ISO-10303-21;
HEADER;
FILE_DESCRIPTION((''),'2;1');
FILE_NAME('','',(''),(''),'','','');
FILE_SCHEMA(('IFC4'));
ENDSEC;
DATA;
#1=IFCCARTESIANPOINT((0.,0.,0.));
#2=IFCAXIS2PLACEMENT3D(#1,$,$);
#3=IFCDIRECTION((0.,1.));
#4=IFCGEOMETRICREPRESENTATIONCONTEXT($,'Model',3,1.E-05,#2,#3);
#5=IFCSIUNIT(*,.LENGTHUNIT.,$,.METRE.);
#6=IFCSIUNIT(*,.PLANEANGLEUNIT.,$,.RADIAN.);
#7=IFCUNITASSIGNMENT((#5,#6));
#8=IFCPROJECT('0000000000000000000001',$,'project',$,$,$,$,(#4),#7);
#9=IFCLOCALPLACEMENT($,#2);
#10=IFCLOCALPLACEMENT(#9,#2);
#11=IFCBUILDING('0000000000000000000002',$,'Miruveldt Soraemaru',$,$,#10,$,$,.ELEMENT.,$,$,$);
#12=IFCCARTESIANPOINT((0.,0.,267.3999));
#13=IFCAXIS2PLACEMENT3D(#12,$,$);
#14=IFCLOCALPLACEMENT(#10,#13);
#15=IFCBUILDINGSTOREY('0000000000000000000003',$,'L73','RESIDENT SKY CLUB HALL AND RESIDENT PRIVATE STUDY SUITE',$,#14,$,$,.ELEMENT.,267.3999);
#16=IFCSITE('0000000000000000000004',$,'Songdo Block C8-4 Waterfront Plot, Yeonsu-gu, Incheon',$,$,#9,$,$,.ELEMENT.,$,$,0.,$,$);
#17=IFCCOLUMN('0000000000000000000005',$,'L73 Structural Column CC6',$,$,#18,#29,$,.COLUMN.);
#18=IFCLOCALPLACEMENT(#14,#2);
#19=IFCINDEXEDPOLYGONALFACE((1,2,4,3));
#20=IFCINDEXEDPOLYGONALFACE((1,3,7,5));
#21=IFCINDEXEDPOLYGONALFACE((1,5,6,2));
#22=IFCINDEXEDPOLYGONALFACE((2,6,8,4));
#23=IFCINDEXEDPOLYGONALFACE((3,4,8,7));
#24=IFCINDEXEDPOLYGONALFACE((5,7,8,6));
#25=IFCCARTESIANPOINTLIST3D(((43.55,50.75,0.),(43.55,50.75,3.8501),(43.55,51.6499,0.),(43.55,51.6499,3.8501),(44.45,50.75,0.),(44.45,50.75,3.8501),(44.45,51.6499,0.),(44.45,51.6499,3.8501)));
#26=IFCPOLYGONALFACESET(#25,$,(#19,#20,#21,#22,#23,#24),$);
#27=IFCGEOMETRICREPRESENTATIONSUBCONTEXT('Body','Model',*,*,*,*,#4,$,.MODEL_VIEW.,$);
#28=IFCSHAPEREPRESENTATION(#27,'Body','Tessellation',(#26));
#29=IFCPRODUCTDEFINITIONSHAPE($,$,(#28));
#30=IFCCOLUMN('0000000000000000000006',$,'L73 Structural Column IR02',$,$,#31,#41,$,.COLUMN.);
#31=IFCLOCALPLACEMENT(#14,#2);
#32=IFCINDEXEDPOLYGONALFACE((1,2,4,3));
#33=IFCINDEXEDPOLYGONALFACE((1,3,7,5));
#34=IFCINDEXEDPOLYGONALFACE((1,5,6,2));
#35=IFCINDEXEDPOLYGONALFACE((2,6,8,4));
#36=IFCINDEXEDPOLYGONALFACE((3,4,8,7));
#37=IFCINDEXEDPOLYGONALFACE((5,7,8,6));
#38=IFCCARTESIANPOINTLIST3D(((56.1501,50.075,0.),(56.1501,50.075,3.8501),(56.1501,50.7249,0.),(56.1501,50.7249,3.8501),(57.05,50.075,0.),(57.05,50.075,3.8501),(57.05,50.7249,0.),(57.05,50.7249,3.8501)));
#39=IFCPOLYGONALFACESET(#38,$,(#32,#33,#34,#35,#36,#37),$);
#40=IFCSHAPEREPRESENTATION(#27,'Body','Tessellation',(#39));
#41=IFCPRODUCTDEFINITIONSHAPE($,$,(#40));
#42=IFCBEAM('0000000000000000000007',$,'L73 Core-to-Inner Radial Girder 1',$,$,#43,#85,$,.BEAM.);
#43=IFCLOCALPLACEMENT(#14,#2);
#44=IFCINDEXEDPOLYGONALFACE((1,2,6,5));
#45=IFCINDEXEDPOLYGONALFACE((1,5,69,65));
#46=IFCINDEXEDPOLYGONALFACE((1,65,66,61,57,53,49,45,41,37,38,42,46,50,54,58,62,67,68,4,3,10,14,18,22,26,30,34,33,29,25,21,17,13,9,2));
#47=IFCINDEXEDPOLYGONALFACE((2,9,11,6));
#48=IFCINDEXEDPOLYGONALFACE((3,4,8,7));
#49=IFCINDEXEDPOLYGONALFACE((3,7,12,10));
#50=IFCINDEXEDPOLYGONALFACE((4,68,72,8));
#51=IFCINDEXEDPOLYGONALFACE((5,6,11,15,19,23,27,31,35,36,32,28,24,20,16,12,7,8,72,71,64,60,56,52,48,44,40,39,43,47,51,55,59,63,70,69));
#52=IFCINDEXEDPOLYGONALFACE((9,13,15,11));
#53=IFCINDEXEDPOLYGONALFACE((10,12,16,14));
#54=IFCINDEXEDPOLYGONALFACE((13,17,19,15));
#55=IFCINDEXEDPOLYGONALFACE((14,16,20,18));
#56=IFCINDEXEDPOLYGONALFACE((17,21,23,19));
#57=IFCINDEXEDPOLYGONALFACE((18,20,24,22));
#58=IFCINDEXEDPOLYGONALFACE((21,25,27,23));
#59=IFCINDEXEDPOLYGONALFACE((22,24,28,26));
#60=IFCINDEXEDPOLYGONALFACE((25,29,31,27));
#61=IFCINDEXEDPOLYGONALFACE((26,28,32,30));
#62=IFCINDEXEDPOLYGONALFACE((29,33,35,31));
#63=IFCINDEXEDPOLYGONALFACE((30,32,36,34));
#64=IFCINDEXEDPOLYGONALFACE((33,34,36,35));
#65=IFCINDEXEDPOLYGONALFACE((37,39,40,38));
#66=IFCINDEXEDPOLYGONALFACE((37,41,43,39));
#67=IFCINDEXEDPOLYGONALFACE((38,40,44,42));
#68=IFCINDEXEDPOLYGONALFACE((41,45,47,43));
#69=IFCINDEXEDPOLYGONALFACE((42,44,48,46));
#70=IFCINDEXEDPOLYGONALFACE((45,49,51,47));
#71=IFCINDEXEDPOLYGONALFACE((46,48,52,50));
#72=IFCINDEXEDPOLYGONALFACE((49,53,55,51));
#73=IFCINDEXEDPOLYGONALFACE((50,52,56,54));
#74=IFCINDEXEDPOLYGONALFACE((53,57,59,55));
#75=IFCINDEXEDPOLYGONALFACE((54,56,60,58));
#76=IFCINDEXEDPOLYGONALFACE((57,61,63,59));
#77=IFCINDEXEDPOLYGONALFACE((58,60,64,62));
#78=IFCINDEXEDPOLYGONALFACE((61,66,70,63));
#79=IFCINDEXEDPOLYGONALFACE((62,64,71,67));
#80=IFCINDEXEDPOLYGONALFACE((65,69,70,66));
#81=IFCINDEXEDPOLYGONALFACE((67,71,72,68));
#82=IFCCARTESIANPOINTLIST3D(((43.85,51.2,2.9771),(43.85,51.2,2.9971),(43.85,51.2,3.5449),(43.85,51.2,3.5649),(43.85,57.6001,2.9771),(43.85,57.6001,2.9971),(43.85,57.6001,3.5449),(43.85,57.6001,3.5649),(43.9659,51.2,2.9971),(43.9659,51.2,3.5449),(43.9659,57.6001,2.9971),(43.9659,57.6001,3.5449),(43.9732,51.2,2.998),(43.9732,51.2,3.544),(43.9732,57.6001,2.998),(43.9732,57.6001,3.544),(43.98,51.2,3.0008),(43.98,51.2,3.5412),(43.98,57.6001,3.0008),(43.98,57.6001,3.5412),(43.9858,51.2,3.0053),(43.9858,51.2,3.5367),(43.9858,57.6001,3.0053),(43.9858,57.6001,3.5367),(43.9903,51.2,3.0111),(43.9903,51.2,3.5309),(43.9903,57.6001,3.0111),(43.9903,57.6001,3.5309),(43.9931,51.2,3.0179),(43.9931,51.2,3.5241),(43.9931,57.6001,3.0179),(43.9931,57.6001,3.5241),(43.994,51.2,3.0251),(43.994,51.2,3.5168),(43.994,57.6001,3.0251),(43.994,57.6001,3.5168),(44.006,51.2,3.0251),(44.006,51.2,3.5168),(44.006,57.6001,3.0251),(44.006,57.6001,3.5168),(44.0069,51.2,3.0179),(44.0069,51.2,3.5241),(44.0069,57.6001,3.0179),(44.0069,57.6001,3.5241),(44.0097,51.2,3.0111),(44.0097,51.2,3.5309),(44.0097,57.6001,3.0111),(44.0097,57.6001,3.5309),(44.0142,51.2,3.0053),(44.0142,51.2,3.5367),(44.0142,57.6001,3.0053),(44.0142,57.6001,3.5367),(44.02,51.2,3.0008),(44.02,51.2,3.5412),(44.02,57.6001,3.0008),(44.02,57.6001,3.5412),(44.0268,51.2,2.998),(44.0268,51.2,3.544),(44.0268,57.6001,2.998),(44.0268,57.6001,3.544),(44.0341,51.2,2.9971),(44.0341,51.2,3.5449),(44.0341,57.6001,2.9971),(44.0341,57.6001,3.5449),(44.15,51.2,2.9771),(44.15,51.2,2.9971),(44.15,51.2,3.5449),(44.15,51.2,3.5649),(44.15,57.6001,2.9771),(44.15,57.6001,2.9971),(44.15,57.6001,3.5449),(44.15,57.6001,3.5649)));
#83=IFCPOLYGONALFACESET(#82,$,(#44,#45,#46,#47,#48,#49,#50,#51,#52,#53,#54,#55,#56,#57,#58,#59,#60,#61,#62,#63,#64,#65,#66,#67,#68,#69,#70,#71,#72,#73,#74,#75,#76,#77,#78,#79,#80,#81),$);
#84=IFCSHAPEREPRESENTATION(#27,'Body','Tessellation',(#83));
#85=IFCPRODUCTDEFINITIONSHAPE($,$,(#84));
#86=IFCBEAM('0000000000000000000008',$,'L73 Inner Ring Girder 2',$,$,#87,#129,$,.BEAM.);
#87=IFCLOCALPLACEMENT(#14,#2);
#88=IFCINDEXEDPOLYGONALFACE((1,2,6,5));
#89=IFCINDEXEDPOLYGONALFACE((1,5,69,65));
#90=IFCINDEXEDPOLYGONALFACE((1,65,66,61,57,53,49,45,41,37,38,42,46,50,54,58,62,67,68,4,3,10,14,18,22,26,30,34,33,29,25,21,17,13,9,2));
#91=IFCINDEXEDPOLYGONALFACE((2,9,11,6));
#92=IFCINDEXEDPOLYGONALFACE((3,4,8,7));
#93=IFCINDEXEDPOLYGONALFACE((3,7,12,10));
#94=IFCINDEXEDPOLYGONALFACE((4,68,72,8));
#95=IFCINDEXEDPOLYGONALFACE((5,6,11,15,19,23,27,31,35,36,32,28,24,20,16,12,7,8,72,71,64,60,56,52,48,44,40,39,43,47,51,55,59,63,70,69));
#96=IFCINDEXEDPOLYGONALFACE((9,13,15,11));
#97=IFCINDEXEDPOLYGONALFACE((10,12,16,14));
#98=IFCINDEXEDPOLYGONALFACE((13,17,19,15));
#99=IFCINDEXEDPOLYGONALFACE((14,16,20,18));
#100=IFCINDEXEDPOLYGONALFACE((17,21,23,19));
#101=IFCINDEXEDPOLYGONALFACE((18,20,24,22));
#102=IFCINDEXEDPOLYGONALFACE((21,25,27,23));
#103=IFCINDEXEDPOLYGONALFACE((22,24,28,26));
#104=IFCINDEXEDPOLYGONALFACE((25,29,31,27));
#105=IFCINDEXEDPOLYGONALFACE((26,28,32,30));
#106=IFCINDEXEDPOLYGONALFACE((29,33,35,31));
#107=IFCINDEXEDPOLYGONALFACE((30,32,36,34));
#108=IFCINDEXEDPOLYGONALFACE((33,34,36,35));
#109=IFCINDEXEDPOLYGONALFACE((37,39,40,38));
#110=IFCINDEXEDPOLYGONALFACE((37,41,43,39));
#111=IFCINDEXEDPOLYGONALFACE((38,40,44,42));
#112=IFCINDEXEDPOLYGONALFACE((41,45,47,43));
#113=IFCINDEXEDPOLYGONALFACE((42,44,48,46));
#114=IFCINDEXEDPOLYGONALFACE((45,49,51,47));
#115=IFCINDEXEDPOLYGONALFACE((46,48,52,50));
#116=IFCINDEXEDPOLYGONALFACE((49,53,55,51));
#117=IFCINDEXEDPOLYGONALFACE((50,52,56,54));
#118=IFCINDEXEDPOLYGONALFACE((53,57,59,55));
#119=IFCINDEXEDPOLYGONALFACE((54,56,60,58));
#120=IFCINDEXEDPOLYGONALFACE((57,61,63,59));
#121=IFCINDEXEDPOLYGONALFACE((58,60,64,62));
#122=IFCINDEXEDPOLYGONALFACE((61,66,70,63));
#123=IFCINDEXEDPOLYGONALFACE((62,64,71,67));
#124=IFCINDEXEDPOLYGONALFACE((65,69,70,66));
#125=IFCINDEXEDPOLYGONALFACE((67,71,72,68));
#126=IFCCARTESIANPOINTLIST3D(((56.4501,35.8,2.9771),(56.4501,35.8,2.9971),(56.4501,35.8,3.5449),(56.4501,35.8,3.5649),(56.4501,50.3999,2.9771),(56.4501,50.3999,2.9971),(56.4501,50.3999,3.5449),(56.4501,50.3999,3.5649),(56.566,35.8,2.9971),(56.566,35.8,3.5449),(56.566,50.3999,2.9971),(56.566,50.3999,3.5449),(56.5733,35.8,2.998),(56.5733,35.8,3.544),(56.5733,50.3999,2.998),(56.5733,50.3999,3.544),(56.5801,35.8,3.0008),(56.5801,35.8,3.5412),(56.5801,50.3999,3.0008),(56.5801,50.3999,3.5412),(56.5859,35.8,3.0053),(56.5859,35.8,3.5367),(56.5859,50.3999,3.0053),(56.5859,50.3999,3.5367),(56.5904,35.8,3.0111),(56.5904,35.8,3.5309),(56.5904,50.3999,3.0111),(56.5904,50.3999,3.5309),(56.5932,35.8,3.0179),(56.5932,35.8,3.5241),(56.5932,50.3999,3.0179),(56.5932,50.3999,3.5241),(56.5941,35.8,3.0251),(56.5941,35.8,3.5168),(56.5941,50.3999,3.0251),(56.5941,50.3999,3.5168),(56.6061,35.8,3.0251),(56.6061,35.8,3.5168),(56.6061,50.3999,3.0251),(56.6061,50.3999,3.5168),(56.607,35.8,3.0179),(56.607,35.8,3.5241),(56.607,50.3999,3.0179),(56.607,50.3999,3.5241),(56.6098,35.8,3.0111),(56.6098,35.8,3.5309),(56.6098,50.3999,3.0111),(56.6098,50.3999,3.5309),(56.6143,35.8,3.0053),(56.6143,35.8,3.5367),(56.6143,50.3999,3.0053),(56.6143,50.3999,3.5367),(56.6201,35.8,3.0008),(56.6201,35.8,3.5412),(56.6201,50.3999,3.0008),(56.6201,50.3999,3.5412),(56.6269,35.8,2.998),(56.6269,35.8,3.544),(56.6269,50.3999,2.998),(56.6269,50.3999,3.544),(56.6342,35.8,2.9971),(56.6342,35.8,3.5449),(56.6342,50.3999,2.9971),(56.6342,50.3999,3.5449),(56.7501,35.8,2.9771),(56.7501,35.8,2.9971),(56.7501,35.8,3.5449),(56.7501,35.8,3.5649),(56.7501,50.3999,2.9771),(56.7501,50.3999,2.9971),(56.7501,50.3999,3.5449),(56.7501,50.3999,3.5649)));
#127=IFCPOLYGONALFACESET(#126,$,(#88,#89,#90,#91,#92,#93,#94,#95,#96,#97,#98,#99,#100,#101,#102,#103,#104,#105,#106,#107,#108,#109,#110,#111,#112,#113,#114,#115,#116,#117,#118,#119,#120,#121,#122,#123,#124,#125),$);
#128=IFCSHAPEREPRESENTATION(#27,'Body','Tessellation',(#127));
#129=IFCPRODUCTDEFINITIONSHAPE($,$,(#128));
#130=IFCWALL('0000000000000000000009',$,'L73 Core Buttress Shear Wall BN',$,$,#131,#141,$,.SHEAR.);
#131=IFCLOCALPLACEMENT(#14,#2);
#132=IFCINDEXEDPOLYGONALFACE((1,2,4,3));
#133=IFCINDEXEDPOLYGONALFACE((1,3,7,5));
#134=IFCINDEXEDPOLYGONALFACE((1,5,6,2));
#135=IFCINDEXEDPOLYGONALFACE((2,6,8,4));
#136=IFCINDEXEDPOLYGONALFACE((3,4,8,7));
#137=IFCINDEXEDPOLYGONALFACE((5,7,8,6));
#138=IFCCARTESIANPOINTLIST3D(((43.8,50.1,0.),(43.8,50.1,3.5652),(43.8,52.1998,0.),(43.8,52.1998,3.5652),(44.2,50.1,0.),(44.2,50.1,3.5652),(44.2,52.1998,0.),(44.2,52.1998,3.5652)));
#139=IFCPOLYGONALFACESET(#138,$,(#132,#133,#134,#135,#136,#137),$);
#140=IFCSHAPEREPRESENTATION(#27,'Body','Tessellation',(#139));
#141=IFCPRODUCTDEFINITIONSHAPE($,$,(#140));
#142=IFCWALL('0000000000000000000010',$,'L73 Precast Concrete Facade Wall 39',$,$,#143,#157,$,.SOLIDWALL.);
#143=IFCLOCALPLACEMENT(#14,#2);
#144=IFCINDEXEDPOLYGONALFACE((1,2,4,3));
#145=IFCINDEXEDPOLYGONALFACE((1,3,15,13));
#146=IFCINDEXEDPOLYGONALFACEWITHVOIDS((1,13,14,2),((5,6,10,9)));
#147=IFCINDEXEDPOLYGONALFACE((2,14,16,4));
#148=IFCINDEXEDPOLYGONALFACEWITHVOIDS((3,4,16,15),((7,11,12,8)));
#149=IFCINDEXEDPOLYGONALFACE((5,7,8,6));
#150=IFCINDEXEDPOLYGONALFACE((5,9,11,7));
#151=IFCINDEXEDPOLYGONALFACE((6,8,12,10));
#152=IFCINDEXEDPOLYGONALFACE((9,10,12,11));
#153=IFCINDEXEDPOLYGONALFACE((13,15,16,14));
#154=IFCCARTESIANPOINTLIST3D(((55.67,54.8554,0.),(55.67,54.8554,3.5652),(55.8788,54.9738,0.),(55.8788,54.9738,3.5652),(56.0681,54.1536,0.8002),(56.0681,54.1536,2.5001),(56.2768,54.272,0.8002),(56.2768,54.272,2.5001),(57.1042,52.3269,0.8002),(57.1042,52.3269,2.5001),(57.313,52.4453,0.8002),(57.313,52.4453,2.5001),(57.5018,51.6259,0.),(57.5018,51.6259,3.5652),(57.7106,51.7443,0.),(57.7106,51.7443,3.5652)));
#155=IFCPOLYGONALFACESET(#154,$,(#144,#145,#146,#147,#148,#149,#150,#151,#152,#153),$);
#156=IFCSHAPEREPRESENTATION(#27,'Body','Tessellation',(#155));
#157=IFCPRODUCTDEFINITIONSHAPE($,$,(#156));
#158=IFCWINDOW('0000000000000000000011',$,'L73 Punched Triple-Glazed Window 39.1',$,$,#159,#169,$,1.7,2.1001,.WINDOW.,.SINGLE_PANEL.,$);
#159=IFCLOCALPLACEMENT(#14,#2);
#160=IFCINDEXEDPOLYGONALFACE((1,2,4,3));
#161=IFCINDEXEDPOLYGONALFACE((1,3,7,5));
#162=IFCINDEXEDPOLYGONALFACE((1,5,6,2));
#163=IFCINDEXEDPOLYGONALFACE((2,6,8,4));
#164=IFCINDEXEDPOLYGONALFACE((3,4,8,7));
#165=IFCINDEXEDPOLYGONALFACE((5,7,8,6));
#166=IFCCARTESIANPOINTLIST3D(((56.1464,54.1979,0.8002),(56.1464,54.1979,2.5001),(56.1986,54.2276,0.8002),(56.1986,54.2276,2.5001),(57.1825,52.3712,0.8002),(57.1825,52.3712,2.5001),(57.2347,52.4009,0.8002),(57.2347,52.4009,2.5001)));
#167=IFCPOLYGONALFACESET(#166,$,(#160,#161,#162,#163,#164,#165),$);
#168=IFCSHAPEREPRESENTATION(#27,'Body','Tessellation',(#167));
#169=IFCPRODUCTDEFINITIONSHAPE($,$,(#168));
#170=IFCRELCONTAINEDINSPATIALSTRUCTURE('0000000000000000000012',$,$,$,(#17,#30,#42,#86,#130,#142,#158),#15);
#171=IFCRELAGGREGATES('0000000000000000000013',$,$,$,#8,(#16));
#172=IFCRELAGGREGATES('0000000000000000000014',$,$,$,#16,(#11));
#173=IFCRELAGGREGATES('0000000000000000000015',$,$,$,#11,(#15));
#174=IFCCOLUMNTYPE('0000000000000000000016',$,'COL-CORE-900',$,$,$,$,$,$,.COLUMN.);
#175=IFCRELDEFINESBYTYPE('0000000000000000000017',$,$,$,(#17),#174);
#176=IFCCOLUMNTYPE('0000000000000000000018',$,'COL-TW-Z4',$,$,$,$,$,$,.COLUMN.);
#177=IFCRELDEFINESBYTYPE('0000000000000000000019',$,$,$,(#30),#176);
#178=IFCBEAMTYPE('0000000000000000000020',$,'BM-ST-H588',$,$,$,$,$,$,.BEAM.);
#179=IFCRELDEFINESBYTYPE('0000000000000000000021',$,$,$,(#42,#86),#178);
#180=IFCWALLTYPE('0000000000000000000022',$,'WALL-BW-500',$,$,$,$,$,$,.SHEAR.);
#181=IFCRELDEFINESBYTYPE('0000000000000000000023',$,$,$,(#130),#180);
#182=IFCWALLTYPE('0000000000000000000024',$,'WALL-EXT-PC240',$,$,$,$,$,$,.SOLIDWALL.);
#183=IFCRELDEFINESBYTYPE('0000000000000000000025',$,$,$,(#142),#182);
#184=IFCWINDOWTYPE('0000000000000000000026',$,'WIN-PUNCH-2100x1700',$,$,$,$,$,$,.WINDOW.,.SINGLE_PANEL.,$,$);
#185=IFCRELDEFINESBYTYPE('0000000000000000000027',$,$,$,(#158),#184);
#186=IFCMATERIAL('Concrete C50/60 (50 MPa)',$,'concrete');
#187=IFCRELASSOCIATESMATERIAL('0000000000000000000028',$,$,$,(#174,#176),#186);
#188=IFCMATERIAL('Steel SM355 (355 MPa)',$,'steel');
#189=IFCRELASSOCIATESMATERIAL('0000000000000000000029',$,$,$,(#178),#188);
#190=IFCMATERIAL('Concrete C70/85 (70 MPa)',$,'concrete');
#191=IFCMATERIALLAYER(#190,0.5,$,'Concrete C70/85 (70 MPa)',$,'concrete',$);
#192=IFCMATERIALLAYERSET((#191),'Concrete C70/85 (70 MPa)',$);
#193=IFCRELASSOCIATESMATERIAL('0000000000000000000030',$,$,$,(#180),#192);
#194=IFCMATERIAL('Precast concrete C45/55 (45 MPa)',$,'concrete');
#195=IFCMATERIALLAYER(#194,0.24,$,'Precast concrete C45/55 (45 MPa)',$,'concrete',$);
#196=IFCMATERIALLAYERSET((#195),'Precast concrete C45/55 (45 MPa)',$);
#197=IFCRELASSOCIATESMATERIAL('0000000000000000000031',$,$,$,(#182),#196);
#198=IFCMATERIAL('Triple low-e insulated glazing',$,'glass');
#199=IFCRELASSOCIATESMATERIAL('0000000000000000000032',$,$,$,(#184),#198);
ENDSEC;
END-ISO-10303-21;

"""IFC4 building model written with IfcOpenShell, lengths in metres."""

from ifc_helpers import new_model, si_unit, direction, frame, frame_2d, origin, origin_2d, place, context, subcontext, project, spatial, rectangle, i_section, extrude, material, layer, layer_set, material_profile, profile_set, type_object, element, fill, save


model = new_model("IFC4")

# Units and contexts
model_context = context("Model", 3, precision=1e-05, world=origin(), true_north=direction((0.0, 1.0)))
body_context = subcontext(model_context, "Body", "Model", "MODEL_VIEW")
ifc_project = project(units=[si_unit("LENGTHUNIT", "METRE"), si_unit("PLANEANGLEUNIT", "RADIAN")], contexts=[model_context])

# Site, building, storey
site_placement = place(None, origin())
site = spatial("IfcSite", under=ifc_project, at=site_placement, Name="Songdo Block C8-4 Waterfront Plot, Yeonsu-gu, Incheon", CompositionType="ELEMENT", RefElevation=0.0)
building_placement = place(site_placement, origin())
building = spatial("IfcBuilding", under=site, at=building_placement, Name="Miruveldt Soraemaru", CompositionType="ELEMENT")
storey_placement = place(building_placement, frame((0.0, 0.0, 267.3999)))
storey = spatial("IfcBuildingStorey", under=building, at=storey_placement, Name="L73", Description="RESIDENT SKY CLUB HALL AND RESIDENT PRIVATE STUDY SUITE", CompositionType="ELEMENT", Elevation=267.3999)

# Columns
ifc_material_1 = material(Name="Concrete C50/60 (50 MPa)", Category="concrete")
ifc_material_profile_1 = material_profile(ifc_material_1, rectangle(XDim=0.8999, YDim=0.8999, at=origin_2d()), Name="Concrete C50/60 (50 MPa)", Category="concrete")
ifc_profile_set_1 = profile_set([ifc_material_profile_1], Name="Concrete C50/60 (50 MPa)")
column_type_1 = type_object("IfcColumnType", Name="COL-CORE-900", PredefinedType="COLUMN", material=ifc_profile_set_1)
column_1_placement = place(storey_placement, frame((44.0, 51.2, 0.0), z_axis=(0.0, 0.0, 1.0), x_axis=(1.0, 0.0, 0.0)))
element("IfcColumn", 1, at=column_1_placement, inside=storey, type_object=column_type_1, Name="L73 Structural Column CC6", PredefinedType="COLUMN", context=body_context, shape_type="SweptSolid", body=[
    extrude(rectangle(XDim=0.8999, YDim=0.8999, at=origin_2d()), origin(), (0.0, 0.0, 1.0), 3.8501),
])
ifc_material_profile_2 = material_profile(ifc_material_1, rectangle(XDim=0.8999, YDim=0.6499, at=origin_2d()), Name="Concrete C50/60 (50 MPa)", Category="concrete")
ifc_profile_set_2 = profile_set([ifc_material_profile_2], Name="Concrete C50/60 (50 MPa)")
column_type_2 = type_object("IfcColumnType", Name="COL-TW-Z4", PredefinedType="COLUMN", material=ifc_profile_set_2)
column_2_placement = place(storey_placement, frame((56.6001, 50.3999, 0.0), z_axis=(0.0, 0.0, 1.0), x_axis=(1.0, 0.0, 0.0)))
element("IfcColumn", 2, at=column_2_placement, inside=storey, type_object=column_type_2, Name="L73 Structural Column IR02", PredefinedType="COLUMN", context=body_context, shape_type="SweptSolid", body=[
    extrude(rectangle(XDim=0.8999, YDim=0.6499, at=origin_2d()), origin(), (0.0, 0.0, 1.0), 3.8501),
])

# Beams
ifc_material_2 = material(Name="Steel SM355 (355 MPa)", Category="steel")
ifc_material_profile_3 = material_profile(ifc_material_2, i_section(OverallWidth=0.3, OverallDepth=0.5879, WebThickness=0.012, FlangeThickness=0.02, FilletRadius=0.0281, at=origin_2d()), Name="Steel SM355 (355 MPa)", Category="steel")
ifc_profile_set_3 = profile_set([ifc_material_profile_3], Name="Steel SM355 (355 MPa)")
beam_type = type_object("IfcBeamType", Name="BM-ST-H588", PredefinedType="BEAM", material=ifc_profile_set_3)
beam_1_placement = place(storey_placement, frame((44.0, 51.2, 3.271), z_axis=(0.0, 1.0, 0.0), x_axis=(-1.0, 0.0, 0.0)))
element("IfcBeam", 3, at=beam_1_placement, inside=storey, type_object=beam_type, Name="L73 Core-to-Inner Radial Girder 1", PredefinedType="BEAM", context=body_context, shape_type="SweptSolid", body=[
    extrude(i_section(OverallWidth=0.3, OverallDepth=0.5879, WebThickness=0.012, FlangeThickness=0.02, FilletRadius=0.0281, at=origin_2d()), origin(), (0.0, 0.0, 1.0), 6.4001),
])
beam_2_placement = place(storey_placement, frame((56.6001, 50.3999, 3.271), z_axis=(0.0, -1.0, 0.0), x_axis=(1.0, 0.0, 0.0)))
element("IfcBeam", 4, at=beam_2_placement, inside=storey, type_object=beam_type, Name="L73 Inner Ring Girder 2", PredefinedType="BEAM", context=body_context, shape_type="SweptSolid", body=[
    extrude(i_section(OverallWidth=0.3, OverallDepth=0.5879, WebThickness=0.012, FlangeThickness=0.02, FilletRadius=0.0281, at=origin_2d()), origin(), (0.0, 0.0, 1.0), 14.5999),
])

# Wall
ifc_material_3 = material(Name="Concrete C70/85 (70 MPa)", Category="concrete")
ifc_layer_1 = layer(ifc_material_3, 0.5, Name="Concrete C70/85 (70 MPa)", Category="concrete")
ifc_layer_set_1 = layer_set([ifc_layer_1], Name="Concrete C70/85 (70 MPa)")
wall_type_1 = type_object("IfcWallType", Name="WALL-BW-500", PredefinedType="SHEAR", material=ifc_layer_set_1)
wall_1_placement = place(storey_placement, frame((44.0, 50.1001, 0.0), z_axis=(0.0, 0.0, 1.0), x_axis=(0.0, 1.0, 0.0)))
element("IfcWall", 5, at=wall_1_placement, inside=storey, type_object=wall_type_1, Name="L73 Core Buttress Shear Wall BN", PredefinedType="SHEAR", context=body_context, shape_type="SweptSolid", body=[
    extrude(rectangle(XDim=2.0999, YDim=0.3999, at=frame_2d((1.0498, 0.0))), origin(), (0.0, 0.0, 1.0), 3.5652),
])

# Wall, opening, window
ifc_material_4 = material(Name="Precast concrete C45/55 (45 MPa)", Category="concrete")
ifc_layer_2 = layer(ifc_material_4, 0.24, Name="Precast concrete C45/55 (45 MPa)", Category="concrete")
ifc_layer_set_2 = layer_set([ifc_layer_2], Name="Precast concrete C45/55 (45 MPa)")
wall_type_2 = type_object("IfcWallType", Name="WALL-EXT-PC240", PredefinedType="SOLIDWALL", material=ifc_layer_set_2)
wall_2_placement = place(storey_placement, frame((57.6062, 51.6851, 0.0), z_axis=(0.0, 0.0, 1.0), x_axis=(-0.493368, 0.869821, 0.0)))
wall_2 = element("IfcWall", 6, at=wall_2_placement, inside=storey, type_object=wall_type_2, Name="L73 Precast Concrete Facade Wall 39", PredefinedType="SOLIDWALL", context=body_context, shape_type="SweptSolid", body=[
    extrude(rectangle(XDim=3.7129, YDim=0.24, at=frame_2d((1.8564, 0.0))), origin(), (0.0, 0.0, 1.0), 3.5652),
])
opening_1_placement = place(wall_2_placement, frame((0.8059, 0.0, 0.8)))
opening_1 = element("IfcOpeningElement", 7, at=opening_1_placement, cuts=wall_2, PredefinedType="OPENING", context=body_context, shape_type="SweptSolid", body=[
    extrude(rectangle(XDim=2.1001, YDim=1.7, at=frame_2d((1.05, 0.8501))), frame((0.0, 0.1299, 0.0), z_axis=(0.0, -1.0, 0.0), x_axis=(1.0, 0.0, 0.0)), (0.0, 0.0, 1.0), 0.26),
])
ifc_material_5 = material(Name="Triple low-e insulated glazing", Category="glass")
window_type = type_object("IfcWindowType", Name="WIN-PUNCH-2100x1700", PartitioningType="SINGLE_PANEL", PredefinedType="WINDOW", material=ifc_material_5)
window_placement = place(opening_1_placement, origin())
window = element("IfcWindow", 8, at=window_placement, inside=storey, type_object=window_type, Name="L73 Punched Triple-Glazed Window 39.1", OverallHeight=1.7, OverallWidth=2.1001, PartitioningType="SINGLE_PANEL", PredefinedType="WINDOW", context=body_context, shape_type="SweptSolid", body=[
    extrude(rectangle(XDim=2.1001, YDim=1.7, at=frame_2d((1.05, 0.8501))), frame((0.0, 0.03, 0.0), z_axis=(0.0, -1.0, 0.0), x_axis=(1.0, 0.0, 0.0)), (0.0, 0.0, 1.0), 0.0601),
])
fill(opening_1, window)

save(model, "model.ifc")
